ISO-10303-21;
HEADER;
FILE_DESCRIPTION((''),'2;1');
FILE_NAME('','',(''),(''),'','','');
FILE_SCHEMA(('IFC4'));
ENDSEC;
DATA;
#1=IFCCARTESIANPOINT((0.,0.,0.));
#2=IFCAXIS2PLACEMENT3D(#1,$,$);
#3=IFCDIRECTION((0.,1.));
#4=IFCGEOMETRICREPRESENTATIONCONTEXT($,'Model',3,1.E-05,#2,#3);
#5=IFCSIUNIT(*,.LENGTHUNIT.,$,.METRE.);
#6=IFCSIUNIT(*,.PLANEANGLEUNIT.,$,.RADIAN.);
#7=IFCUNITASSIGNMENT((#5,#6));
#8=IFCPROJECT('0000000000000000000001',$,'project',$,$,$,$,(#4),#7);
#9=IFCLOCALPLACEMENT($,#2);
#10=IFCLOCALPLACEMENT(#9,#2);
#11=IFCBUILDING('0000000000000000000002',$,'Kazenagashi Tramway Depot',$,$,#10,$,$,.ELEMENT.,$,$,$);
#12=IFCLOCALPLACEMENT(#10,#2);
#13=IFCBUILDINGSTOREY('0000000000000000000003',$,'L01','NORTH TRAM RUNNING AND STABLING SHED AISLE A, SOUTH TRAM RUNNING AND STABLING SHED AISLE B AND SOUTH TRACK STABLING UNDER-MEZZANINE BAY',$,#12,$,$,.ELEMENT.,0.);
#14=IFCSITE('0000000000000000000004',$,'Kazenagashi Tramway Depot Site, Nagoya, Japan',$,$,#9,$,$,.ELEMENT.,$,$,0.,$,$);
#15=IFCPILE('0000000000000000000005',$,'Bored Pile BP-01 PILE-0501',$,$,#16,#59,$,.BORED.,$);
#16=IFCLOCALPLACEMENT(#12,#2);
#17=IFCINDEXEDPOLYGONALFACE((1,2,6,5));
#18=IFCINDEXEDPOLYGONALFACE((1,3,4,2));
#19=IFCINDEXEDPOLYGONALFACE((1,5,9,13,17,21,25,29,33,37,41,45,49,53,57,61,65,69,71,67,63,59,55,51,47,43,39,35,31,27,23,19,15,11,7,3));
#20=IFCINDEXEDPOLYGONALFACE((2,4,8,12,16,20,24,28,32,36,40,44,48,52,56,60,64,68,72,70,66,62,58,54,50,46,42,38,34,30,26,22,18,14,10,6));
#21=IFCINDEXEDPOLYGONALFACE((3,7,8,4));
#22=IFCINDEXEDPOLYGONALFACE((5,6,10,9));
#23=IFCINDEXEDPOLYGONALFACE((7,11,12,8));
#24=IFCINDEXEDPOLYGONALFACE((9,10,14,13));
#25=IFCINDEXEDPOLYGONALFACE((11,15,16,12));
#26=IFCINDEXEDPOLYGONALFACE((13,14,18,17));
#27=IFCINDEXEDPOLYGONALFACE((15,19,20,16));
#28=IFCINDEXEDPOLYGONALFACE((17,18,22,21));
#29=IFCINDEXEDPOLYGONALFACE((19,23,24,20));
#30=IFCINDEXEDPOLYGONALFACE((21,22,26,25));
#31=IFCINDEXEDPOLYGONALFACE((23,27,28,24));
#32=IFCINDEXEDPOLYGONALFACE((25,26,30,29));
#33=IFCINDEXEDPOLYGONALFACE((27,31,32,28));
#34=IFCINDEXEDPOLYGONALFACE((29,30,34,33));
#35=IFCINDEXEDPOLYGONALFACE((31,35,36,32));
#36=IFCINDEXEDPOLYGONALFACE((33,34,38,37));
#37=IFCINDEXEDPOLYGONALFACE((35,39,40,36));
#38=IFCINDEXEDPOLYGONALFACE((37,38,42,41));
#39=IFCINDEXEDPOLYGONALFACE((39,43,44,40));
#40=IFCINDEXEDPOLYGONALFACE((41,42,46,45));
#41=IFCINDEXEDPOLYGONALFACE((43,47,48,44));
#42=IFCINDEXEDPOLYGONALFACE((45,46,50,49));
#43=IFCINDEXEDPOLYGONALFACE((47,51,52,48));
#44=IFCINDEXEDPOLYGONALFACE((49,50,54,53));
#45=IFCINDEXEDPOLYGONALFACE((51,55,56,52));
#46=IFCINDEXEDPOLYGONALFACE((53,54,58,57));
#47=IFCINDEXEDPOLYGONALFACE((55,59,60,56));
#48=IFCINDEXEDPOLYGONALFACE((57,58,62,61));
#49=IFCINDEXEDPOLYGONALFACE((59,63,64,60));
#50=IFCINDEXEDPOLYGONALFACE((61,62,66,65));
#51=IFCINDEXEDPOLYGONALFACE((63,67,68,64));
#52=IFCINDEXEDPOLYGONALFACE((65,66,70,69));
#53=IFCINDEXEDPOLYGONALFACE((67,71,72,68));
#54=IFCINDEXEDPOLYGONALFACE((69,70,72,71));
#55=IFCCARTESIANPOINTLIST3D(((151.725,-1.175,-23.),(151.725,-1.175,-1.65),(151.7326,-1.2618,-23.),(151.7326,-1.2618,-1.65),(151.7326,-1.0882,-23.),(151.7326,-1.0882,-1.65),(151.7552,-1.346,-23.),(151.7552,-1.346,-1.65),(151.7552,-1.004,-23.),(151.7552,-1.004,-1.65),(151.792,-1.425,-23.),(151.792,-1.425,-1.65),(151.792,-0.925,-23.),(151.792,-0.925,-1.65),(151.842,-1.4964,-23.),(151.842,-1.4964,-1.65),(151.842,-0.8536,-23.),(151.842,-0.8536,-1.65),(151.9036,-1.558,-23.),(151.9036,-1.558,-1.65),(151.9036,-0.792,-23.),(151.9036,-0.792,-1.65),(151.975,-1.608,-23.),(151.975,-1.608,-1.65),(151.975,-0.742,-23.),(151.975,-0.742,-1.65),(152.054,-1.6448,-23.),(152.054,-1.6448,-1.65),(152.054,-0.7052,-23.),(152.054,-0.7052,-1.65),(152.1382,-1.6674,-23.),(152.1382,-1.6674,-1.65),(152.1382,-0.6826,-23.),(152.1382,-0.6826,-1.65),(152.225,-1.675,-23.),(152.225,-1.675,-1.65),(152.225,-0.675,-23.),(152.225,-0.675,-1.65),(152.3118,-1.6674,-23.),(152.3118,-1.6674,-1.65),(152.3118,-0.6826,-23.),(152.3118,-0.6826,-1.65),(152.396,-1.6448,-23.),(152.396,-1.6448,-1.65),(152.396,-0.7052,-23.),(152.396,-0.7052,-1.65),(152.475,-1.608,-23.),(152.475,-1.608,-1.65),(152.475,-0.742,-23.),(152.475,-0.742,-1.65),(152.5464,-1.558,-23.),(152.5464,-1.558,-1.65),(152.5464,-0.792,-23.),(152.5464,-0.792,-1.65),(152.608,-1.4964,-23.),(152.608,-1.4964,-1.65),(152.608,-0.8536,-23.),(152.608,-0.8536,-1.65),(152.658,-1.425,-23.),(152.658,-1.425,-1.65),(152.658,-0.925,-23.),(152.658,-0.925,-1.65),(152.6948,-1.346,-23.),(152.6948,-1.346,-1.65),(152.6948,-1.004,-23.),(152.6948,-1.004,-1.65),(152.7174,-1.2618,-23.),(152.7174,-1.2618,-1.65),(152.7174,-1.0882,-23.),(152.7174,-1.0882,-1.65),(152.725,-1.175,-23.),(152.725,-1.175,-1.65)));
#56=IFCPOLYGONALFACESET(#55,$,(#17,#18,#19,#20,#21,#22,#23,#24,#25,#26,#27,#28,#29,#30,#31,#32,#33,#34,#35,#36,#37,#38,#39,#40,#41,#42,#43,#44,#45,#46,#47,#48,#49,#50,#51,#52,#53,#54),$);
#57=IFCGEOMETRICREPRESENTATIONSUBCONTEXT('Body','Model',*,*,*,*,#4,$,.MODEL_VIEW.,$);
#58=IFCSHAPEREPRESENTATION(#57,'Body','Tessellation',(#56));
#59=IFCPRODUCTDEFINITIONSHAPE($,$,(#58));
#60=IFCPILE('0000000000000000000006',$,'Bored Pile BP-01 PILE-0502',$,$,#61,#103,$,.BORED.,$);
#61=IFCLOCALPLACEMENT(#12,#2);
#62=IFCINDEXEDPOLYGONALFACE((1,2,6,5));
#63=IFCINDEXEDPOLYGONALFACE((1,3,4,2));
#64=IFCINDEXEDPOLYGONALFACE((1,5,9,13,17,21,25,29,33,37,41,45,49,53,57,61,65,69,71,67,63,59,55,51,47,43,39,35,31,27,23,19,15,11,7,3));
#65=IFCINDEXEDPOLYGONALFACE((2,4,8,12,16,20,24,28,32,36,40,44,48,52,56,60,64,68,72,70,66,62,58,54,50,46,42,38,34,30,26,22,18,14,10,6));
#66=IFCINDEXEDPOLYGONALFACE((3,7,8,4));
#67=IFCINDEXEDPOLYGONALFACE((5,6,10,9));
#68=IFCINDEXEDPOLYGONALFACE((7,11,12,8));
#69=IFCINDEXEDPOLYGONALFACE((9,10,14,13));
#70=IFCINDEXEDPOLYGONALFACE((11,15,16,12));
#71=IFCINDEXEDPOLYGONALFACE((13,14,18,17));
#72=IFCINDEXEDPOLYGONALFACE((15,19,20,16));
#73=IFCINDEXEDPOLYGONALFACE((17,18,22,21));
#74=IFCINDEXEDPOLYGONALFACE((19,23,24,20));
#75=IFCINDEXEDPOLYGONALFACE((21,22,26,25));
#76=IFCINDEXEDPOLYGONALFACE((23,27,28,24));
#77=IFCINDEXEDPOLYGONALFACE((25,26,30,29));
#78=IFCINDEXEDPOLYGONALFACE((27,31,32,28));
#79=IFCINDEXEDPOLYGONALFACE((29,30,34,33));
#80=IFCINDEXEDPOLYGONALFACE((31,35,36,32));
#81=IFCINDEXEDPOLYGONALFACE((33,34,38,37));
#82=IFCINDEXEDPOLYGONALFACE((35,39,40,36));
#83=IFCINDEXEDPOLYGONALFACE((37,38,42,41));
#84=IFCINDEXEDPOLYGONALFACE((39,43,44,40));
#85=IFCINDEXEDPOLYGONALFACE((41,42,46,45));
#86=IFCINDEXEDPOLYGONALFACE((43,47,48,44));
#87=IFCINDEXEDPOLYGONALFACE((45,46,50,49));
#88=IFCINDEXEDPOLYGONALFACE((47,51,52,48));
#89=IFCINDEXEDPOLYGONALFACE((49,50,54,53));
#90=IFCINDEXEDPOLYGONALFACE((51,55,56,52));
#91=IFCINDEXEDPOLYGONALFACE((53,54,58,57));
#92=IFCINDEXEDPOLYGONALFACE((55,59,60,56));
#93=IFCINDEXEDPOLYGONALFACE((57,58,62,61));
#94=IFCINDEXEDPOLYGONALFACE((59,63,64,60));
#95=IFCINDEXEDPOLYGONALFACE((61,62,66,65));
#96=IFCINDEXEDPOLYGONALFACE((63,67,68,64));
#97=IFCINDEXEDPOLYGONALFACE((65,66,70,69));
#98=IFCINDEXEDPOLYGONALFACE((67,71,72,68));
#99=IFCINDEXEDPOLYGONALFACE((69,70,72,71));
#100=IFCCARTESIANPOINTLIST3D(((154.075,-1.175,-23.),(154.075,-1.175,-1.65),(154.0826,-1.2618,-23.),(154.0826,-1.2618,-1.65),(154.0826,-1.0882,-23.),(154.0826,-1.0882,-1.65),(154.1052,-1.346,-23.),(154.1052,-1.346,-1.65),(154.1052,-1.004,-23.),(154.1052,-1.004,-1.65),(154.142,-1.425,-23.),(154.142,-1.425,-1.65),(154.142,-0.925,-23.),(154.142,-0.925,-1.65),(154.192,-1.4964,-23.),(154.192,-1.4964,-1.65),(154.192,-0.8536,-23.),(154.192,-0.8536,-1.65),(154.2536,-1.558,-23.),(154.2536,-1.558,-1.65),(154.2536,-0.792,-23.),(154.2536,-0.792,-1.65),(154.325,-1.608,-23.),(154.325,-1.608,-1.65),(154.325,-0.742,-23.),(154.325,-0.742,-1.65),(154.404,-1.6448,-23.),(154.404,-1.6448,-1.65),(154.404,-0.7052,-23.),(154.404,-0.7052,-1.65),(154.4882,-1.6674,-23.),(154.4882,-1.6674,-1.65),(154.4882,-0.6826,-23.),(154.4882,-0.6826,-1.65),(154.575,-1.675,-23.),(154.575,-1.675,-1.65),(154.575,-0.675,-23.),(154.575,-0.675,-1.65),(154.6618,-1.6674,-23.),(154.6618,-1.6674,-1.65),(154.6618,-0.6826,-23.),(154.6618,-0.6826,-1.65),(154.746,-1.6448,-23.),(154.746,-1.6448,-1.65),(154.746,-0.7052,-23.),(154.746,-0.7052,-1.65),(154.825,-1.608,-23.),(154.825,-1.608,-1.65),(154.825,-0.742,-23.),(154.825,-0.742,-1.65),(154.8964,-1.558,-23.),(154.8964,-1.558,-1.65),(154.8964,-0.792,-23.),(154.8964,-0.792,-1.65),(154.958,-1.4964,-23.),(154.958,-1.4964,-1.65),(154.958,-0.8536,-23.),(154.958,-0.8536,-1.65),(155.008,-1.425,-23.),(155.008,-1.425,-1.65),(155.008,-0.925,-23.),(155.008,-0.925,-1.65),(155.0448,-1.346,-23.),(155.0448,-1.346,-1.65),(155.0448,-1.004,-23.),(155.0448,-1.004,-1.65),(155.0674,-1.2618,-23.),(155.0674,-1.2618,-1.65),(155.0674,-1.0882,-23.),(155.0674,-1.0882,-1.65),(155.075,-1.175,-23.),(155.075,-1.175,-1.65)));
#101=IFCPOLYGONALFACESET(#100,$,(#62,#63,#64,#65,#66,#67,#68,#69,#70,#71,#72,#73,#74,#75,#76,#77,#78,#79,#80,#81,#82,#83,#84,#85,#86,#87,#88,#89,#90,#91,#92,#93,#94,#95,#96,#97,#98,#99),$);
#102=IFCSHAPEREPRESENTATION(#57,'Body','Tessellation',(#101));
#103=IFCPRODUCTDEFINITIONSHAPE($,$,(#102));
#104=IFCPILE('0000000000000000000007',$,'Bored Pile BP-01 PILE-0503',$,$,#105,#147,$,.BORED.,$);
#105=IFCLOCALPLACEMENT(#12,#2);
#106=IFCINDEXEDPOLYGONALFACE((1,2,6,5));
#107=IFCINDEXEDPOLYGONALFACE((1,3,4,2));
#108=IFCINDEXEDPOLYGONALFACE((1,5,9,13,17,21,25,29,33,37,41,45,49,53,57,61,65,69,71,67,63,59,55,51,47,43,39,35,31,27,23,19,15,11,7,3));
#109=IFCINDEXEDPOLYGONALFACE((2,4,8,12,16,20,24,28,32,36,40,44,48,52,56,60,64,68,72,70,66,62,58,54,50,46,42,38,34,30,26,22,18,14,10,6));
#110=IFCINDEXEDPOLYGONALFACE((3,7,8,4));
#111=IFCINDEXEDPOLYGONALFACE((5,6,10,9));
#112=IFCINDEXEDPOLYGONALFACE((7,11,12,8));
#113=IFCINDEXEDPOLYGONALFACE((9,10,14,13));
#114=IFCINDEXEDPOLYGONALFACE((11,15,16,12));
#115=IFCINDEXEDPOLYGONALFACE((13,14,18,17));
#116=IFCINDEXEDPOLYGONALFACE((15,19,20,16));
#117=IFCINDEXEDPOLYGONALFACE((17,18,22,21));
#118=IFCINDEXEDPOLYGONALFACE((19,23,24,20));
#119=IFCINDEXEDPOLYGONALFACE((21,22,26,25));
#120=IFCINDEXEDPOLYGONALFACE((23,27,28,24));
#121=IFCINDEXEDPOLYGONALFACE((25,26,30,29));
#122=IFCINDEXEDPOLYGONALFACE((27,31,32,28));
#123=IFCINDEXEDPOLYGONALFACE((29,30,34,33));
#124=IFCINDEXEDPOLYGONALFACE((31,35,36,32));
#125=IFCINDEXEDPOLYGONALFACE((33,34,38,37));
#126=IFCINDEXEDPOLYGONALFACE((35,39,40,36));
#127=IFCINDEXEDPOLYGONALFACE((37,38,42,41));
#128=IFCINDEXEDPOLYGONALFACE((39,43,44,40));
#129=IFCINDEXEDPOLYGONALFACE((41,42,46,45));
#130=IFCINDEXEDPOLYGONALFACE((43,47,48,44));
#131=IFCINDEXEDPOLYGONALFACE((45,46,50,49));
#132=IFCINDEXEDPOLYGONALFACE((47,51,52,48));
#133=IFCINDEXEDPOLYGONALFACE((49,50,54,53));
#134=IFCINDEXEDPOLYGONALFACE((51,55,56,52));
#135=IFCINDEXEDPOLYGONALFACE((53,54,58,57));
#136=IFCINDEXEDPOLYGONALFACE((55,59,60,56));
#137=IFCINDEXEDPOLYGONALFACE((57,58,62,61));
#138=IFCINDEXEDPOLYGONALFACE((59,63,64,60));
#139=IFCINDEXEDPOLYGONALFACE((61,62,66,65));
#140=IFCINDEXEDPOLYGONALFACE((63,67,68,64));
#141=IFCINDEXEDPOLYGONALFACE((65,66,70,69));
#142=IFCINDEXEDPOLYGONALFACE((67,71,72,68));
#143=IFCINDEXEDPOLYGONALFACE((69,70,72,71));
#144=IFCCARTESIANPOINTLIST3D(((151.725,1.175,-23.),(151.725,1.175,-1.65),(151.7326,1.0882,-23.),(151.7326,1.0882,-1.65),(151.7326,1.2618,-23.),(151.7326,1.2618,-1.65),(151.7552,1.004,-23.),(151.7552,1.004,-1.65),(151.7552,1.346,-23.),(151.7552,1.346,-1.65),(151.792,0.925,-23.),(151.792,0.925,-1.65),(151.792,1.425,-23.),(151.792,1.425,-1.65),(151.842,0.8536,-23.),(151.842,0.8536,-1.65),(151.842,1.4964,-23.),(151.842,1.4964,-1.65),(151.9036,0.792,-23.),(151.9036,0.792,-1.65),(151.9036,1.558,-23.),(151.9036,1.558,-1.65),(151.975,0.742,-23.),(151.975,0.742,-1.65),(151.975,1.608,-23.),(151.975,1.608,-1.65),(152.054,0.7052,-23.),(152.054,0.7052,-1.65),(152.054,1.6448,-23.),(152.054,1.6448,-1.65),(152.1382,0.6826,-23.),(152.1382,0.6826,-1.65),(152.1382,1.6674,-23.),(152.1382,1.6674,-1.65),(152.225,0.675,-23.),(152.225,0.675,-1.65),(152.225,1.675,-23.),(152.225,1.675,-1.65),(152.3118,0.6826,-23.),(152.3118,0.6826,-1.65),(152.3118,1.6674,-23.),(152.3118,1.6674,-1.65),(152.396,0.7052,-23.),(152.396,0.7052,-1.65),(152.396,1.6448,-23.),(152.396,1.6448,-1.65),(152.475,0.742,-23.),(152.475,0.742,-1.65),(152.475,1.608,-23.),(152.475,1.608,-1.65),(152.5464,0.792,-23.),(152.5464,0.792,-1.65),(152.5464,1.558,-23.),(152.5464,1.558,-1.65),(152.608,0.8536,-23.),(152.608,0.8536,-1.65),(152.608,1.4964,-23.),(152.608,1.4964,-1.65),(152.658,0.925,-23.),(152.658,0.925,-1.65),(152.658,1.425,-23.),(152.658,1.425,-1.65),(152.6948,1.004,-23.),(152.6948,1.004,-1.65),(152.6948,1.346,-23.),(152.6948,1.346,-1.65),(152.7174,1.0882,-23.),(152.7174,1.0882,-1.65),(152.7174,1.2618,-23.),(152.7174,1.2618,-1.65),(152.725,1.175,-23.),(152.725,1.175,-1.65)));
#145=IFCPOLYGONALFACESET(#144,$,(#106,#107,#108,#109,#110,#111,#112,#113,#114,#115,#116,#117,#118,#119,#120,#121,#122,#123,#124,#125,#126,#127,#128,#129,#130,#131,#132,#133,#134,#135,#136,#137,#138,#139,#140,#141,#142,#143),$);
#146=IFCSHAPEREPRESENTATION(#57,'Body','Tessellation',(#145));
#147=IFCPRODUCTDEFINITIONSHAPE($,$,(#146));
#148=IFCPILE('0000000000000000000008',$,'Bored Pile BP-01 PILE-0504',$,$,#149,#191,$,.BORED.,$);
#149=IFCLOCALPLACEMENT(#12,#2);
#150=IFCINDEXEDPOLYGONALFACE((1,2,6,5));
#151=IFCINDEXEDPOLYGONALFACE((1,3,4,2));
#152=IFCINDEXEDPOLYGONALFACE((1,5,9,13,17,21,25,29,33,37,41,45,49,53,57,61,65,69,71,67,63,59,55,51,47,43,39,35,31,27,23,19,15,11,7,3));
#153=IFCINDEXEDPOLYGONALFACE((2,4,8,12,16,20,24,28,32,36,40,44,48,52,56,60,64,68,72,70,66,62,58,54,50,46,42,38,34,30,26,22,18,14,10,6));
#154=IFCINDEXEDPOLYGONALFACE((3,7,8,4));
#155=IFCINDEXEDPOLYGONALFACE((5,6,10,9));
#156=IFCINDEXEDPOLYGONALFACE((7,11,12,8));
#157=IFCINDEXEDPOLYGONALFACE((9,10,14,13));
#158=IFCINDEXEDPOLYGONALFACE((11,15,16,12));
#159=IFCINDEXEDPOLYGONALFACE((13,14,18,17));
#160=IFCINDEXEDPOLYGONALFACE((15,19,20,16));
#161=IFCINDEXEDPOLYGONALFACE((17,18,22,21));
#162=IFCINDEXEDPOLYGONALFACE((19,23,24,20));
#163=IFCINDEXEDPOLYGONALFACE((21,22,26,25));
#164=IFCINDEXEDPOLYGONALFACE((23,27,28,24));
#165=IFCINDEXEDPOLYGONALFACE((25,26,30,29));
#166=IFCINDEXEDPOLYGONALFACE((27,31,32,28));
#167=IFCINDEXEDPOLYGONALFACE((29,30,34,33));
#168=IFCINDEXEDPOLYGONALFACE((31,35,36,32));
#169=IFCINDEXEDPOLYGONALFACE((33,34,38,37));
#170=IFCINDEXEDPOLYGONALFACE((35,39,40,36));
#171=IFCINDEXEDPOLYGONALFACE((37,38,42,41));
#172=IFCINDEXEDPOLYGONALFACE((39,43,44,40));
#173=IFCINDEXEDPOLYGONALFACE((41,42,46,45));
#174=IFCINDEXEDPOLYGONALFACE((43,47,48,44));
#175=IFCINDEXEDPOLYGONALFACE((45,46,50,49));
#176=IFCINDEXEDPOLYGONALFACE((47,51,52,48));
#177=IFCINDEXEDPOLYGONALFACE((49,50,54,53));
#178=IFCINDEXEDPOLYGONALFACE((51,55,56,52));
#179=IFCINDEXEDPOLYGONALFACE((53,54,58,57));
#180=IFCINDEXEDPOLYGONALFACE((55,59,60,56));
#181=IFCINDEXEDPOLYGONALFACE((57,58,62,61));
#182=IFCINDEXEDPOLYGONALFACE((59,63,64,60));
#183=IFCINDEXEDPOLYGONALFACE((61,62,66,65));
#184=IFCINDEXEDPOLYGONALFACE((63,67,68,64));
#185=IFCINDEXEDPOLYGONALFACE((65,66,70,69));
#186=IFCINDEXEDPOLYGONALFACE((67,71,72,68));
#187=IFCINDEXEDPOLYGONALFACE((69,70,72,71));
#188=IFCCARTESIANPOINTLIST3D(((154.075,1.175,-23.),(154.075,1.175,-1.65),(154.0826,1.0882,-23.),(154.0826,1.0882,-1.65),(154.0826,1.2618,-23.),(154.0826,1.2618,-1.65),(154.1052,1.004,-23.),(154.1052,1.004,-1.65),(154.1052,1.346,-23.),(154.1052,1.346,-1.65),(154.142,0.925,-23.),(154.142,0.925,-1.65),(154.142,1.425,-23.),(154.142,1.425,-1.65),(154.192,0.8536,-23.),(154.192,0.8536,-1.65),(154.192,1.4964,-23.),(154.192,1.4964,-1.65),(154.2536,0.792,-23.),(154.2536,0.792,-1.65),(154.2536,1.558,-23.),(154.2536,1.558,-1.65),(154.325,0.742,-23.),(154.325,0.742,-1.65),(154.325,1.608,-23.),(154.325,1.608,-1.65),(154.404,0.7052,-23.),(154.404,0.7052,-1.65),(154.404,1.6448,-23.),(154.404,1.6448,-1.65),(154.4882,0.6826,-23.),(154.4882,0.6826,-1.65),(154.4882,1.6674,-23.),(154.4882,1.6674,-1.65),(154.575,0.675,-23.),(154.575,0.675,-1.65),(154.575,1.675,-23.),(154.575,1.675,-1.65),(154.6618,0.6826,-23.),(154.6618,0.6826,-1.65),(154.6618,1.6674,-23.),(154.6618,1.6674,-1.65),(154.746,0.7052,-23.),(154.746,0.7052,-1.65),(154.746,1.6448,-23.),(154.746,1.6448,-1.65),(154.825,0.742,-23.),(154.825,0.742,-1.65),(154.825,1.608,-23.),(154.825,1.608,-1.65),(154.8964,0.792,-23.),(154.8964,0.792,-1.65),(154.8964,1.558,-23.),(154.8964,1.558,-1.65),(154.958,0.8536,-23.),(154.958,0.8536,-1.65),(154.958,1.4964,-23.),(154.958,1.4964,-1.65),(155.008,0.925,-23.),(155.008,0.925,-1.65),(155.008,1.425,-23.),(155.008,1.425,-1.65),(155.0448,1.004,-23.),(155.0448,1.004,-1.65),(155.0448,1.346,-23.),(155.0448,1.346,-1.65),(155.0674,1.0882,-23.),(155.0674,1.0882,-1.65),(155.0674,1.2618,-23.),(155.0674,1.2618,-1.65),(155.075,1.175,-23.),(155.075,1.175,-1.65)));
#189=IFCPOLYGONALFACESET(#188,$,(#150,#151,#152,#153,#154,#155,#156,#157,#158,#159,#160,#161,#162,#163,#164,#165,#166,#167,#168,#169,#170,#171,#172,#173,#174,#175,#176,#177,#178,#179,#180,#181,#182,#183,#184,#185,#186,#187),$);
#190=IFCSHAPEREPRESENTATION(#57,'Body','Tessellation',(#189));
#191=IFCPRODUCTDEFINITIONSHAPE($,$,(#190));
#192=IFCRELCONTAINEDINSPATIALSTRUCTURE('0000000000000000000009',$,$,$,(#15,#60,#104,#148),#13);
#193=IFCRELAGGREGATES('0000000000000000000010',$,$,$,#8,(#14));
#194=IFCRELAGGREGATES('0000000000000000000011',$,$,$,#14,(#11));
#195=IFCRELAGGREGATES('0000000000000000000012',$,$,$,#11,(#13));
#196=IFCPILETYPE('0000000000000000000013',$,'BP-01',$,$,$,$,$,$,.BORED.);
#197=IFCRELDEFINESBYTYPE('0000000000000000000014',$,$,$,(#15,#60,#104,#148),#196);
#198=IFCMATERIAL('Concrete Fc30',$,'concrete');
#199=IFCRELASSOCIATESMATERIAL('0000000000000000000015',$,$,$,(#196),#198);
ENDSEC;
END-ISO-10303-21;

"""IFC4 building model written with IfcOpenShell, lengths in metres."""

from ifc_helpers import new_model, si_unit, direction, frame, origin, origin_2d, place, context, subcontext, project, spatial, circle, extrude, material, material_profile, profile_set, type_object, element, save


model = new_model("IFC4")

# Units and contexts
model_context = context("Model", 3, precision=1e-05, world=origin(), true_north=direction((0.0, 1.0)))
body_context = subcontext(model_context, "Body", "Model", "MODEL_VIEW")
ifc_project = project(units=[si_unit("LENGTHUNIT", "METRE"), si_unit("PLANEANGLEUNIT", "RADIAN")], contexts=[model_context])

# Site, building, storey
site_placement = place(None, origin())
site = spatial("IfcSite", under=ifc_project, at=site_placement, Name="Kazenagashi Tramway Depot Site, Nagoya, Japan", CompositionType="ELEMENT", RefElevation=0.0)
building_placement = place(site_placement, origin())
building = spatial("IfcBuilding", under=site, at=building_placement, Name="Kazenagashi Tramway Depot", CompositionType="ELEMENT")
storey_placement = place(building_placement, origin())
storey = spatial("IfcBuildingStorey", under=building, at=storey_placement, Name="L01", Description="NORTH TRAM RUNNING AND STABLING SHED AISLE A, SOUTH TRAM RUNNING AND STABLING SHED AISLE B AND SOUTH TRACK STABLING UNDER-MEZZANINE BAY", CompositionType="ELEMENT", Elevation=0.0)

# Piles
ifc_material_1 = material(Name="Concrete Fc30", Category="concrete")
ifc_material_profile_1 = material_profile(ifc_material_1, circle(Radius=0.5, at=origin_2d()), Name="PILE-1000")
ifc_profile_set_1 = profile_set([ifc_material_profile_1], Name="Concrete Fc30")
pile_type = type_object("IfcPileType", Name="BP-01", PredefinedType="BORED", material=ifc_profile_set_1)
for number, where, z_axis, x_axis, name in (
    (1, (152.225, -1.175, -1.65), (0.0, 0.0, -1.0), (1.0, 0.0, 0.0), "Bored Pile BP-01 PILE-0501"),
    (2, (154.575, -1.175, -1.65), (0.0, 0.0, -1.0), (1.0, 0.0, 0.0), "Bored Pile BP-01 PILE-0502"),
    (3, (152.225, 1.175, -1.65), (0.0, 0.0, -1.0), (1.0, 0.0, 0.0), "Bored Pile BP-01 PILE-0503"),
    (4, (154.575, 1.175, -1.65), (0.0, 0.0, -1.0), (1.0, 0.0, 0.0), "Bored Pile BP-01 PILE-0504"),
):
    element("IfcPile", number, at=place(storey_placement, frame(where, z_axis=z_axis, x_axis=x_axis)), inside=storey, type_object=pile_type, Name=name, PredefinedType="BORED", context=body_context, shape_type="SweptSolid", body=[
        extrude(circle(Radius=0.5, at=origin_2d()), origin(), (0.0, 0.0, 1.0), 21.35),
    ])

save(model, "model.ifc")
